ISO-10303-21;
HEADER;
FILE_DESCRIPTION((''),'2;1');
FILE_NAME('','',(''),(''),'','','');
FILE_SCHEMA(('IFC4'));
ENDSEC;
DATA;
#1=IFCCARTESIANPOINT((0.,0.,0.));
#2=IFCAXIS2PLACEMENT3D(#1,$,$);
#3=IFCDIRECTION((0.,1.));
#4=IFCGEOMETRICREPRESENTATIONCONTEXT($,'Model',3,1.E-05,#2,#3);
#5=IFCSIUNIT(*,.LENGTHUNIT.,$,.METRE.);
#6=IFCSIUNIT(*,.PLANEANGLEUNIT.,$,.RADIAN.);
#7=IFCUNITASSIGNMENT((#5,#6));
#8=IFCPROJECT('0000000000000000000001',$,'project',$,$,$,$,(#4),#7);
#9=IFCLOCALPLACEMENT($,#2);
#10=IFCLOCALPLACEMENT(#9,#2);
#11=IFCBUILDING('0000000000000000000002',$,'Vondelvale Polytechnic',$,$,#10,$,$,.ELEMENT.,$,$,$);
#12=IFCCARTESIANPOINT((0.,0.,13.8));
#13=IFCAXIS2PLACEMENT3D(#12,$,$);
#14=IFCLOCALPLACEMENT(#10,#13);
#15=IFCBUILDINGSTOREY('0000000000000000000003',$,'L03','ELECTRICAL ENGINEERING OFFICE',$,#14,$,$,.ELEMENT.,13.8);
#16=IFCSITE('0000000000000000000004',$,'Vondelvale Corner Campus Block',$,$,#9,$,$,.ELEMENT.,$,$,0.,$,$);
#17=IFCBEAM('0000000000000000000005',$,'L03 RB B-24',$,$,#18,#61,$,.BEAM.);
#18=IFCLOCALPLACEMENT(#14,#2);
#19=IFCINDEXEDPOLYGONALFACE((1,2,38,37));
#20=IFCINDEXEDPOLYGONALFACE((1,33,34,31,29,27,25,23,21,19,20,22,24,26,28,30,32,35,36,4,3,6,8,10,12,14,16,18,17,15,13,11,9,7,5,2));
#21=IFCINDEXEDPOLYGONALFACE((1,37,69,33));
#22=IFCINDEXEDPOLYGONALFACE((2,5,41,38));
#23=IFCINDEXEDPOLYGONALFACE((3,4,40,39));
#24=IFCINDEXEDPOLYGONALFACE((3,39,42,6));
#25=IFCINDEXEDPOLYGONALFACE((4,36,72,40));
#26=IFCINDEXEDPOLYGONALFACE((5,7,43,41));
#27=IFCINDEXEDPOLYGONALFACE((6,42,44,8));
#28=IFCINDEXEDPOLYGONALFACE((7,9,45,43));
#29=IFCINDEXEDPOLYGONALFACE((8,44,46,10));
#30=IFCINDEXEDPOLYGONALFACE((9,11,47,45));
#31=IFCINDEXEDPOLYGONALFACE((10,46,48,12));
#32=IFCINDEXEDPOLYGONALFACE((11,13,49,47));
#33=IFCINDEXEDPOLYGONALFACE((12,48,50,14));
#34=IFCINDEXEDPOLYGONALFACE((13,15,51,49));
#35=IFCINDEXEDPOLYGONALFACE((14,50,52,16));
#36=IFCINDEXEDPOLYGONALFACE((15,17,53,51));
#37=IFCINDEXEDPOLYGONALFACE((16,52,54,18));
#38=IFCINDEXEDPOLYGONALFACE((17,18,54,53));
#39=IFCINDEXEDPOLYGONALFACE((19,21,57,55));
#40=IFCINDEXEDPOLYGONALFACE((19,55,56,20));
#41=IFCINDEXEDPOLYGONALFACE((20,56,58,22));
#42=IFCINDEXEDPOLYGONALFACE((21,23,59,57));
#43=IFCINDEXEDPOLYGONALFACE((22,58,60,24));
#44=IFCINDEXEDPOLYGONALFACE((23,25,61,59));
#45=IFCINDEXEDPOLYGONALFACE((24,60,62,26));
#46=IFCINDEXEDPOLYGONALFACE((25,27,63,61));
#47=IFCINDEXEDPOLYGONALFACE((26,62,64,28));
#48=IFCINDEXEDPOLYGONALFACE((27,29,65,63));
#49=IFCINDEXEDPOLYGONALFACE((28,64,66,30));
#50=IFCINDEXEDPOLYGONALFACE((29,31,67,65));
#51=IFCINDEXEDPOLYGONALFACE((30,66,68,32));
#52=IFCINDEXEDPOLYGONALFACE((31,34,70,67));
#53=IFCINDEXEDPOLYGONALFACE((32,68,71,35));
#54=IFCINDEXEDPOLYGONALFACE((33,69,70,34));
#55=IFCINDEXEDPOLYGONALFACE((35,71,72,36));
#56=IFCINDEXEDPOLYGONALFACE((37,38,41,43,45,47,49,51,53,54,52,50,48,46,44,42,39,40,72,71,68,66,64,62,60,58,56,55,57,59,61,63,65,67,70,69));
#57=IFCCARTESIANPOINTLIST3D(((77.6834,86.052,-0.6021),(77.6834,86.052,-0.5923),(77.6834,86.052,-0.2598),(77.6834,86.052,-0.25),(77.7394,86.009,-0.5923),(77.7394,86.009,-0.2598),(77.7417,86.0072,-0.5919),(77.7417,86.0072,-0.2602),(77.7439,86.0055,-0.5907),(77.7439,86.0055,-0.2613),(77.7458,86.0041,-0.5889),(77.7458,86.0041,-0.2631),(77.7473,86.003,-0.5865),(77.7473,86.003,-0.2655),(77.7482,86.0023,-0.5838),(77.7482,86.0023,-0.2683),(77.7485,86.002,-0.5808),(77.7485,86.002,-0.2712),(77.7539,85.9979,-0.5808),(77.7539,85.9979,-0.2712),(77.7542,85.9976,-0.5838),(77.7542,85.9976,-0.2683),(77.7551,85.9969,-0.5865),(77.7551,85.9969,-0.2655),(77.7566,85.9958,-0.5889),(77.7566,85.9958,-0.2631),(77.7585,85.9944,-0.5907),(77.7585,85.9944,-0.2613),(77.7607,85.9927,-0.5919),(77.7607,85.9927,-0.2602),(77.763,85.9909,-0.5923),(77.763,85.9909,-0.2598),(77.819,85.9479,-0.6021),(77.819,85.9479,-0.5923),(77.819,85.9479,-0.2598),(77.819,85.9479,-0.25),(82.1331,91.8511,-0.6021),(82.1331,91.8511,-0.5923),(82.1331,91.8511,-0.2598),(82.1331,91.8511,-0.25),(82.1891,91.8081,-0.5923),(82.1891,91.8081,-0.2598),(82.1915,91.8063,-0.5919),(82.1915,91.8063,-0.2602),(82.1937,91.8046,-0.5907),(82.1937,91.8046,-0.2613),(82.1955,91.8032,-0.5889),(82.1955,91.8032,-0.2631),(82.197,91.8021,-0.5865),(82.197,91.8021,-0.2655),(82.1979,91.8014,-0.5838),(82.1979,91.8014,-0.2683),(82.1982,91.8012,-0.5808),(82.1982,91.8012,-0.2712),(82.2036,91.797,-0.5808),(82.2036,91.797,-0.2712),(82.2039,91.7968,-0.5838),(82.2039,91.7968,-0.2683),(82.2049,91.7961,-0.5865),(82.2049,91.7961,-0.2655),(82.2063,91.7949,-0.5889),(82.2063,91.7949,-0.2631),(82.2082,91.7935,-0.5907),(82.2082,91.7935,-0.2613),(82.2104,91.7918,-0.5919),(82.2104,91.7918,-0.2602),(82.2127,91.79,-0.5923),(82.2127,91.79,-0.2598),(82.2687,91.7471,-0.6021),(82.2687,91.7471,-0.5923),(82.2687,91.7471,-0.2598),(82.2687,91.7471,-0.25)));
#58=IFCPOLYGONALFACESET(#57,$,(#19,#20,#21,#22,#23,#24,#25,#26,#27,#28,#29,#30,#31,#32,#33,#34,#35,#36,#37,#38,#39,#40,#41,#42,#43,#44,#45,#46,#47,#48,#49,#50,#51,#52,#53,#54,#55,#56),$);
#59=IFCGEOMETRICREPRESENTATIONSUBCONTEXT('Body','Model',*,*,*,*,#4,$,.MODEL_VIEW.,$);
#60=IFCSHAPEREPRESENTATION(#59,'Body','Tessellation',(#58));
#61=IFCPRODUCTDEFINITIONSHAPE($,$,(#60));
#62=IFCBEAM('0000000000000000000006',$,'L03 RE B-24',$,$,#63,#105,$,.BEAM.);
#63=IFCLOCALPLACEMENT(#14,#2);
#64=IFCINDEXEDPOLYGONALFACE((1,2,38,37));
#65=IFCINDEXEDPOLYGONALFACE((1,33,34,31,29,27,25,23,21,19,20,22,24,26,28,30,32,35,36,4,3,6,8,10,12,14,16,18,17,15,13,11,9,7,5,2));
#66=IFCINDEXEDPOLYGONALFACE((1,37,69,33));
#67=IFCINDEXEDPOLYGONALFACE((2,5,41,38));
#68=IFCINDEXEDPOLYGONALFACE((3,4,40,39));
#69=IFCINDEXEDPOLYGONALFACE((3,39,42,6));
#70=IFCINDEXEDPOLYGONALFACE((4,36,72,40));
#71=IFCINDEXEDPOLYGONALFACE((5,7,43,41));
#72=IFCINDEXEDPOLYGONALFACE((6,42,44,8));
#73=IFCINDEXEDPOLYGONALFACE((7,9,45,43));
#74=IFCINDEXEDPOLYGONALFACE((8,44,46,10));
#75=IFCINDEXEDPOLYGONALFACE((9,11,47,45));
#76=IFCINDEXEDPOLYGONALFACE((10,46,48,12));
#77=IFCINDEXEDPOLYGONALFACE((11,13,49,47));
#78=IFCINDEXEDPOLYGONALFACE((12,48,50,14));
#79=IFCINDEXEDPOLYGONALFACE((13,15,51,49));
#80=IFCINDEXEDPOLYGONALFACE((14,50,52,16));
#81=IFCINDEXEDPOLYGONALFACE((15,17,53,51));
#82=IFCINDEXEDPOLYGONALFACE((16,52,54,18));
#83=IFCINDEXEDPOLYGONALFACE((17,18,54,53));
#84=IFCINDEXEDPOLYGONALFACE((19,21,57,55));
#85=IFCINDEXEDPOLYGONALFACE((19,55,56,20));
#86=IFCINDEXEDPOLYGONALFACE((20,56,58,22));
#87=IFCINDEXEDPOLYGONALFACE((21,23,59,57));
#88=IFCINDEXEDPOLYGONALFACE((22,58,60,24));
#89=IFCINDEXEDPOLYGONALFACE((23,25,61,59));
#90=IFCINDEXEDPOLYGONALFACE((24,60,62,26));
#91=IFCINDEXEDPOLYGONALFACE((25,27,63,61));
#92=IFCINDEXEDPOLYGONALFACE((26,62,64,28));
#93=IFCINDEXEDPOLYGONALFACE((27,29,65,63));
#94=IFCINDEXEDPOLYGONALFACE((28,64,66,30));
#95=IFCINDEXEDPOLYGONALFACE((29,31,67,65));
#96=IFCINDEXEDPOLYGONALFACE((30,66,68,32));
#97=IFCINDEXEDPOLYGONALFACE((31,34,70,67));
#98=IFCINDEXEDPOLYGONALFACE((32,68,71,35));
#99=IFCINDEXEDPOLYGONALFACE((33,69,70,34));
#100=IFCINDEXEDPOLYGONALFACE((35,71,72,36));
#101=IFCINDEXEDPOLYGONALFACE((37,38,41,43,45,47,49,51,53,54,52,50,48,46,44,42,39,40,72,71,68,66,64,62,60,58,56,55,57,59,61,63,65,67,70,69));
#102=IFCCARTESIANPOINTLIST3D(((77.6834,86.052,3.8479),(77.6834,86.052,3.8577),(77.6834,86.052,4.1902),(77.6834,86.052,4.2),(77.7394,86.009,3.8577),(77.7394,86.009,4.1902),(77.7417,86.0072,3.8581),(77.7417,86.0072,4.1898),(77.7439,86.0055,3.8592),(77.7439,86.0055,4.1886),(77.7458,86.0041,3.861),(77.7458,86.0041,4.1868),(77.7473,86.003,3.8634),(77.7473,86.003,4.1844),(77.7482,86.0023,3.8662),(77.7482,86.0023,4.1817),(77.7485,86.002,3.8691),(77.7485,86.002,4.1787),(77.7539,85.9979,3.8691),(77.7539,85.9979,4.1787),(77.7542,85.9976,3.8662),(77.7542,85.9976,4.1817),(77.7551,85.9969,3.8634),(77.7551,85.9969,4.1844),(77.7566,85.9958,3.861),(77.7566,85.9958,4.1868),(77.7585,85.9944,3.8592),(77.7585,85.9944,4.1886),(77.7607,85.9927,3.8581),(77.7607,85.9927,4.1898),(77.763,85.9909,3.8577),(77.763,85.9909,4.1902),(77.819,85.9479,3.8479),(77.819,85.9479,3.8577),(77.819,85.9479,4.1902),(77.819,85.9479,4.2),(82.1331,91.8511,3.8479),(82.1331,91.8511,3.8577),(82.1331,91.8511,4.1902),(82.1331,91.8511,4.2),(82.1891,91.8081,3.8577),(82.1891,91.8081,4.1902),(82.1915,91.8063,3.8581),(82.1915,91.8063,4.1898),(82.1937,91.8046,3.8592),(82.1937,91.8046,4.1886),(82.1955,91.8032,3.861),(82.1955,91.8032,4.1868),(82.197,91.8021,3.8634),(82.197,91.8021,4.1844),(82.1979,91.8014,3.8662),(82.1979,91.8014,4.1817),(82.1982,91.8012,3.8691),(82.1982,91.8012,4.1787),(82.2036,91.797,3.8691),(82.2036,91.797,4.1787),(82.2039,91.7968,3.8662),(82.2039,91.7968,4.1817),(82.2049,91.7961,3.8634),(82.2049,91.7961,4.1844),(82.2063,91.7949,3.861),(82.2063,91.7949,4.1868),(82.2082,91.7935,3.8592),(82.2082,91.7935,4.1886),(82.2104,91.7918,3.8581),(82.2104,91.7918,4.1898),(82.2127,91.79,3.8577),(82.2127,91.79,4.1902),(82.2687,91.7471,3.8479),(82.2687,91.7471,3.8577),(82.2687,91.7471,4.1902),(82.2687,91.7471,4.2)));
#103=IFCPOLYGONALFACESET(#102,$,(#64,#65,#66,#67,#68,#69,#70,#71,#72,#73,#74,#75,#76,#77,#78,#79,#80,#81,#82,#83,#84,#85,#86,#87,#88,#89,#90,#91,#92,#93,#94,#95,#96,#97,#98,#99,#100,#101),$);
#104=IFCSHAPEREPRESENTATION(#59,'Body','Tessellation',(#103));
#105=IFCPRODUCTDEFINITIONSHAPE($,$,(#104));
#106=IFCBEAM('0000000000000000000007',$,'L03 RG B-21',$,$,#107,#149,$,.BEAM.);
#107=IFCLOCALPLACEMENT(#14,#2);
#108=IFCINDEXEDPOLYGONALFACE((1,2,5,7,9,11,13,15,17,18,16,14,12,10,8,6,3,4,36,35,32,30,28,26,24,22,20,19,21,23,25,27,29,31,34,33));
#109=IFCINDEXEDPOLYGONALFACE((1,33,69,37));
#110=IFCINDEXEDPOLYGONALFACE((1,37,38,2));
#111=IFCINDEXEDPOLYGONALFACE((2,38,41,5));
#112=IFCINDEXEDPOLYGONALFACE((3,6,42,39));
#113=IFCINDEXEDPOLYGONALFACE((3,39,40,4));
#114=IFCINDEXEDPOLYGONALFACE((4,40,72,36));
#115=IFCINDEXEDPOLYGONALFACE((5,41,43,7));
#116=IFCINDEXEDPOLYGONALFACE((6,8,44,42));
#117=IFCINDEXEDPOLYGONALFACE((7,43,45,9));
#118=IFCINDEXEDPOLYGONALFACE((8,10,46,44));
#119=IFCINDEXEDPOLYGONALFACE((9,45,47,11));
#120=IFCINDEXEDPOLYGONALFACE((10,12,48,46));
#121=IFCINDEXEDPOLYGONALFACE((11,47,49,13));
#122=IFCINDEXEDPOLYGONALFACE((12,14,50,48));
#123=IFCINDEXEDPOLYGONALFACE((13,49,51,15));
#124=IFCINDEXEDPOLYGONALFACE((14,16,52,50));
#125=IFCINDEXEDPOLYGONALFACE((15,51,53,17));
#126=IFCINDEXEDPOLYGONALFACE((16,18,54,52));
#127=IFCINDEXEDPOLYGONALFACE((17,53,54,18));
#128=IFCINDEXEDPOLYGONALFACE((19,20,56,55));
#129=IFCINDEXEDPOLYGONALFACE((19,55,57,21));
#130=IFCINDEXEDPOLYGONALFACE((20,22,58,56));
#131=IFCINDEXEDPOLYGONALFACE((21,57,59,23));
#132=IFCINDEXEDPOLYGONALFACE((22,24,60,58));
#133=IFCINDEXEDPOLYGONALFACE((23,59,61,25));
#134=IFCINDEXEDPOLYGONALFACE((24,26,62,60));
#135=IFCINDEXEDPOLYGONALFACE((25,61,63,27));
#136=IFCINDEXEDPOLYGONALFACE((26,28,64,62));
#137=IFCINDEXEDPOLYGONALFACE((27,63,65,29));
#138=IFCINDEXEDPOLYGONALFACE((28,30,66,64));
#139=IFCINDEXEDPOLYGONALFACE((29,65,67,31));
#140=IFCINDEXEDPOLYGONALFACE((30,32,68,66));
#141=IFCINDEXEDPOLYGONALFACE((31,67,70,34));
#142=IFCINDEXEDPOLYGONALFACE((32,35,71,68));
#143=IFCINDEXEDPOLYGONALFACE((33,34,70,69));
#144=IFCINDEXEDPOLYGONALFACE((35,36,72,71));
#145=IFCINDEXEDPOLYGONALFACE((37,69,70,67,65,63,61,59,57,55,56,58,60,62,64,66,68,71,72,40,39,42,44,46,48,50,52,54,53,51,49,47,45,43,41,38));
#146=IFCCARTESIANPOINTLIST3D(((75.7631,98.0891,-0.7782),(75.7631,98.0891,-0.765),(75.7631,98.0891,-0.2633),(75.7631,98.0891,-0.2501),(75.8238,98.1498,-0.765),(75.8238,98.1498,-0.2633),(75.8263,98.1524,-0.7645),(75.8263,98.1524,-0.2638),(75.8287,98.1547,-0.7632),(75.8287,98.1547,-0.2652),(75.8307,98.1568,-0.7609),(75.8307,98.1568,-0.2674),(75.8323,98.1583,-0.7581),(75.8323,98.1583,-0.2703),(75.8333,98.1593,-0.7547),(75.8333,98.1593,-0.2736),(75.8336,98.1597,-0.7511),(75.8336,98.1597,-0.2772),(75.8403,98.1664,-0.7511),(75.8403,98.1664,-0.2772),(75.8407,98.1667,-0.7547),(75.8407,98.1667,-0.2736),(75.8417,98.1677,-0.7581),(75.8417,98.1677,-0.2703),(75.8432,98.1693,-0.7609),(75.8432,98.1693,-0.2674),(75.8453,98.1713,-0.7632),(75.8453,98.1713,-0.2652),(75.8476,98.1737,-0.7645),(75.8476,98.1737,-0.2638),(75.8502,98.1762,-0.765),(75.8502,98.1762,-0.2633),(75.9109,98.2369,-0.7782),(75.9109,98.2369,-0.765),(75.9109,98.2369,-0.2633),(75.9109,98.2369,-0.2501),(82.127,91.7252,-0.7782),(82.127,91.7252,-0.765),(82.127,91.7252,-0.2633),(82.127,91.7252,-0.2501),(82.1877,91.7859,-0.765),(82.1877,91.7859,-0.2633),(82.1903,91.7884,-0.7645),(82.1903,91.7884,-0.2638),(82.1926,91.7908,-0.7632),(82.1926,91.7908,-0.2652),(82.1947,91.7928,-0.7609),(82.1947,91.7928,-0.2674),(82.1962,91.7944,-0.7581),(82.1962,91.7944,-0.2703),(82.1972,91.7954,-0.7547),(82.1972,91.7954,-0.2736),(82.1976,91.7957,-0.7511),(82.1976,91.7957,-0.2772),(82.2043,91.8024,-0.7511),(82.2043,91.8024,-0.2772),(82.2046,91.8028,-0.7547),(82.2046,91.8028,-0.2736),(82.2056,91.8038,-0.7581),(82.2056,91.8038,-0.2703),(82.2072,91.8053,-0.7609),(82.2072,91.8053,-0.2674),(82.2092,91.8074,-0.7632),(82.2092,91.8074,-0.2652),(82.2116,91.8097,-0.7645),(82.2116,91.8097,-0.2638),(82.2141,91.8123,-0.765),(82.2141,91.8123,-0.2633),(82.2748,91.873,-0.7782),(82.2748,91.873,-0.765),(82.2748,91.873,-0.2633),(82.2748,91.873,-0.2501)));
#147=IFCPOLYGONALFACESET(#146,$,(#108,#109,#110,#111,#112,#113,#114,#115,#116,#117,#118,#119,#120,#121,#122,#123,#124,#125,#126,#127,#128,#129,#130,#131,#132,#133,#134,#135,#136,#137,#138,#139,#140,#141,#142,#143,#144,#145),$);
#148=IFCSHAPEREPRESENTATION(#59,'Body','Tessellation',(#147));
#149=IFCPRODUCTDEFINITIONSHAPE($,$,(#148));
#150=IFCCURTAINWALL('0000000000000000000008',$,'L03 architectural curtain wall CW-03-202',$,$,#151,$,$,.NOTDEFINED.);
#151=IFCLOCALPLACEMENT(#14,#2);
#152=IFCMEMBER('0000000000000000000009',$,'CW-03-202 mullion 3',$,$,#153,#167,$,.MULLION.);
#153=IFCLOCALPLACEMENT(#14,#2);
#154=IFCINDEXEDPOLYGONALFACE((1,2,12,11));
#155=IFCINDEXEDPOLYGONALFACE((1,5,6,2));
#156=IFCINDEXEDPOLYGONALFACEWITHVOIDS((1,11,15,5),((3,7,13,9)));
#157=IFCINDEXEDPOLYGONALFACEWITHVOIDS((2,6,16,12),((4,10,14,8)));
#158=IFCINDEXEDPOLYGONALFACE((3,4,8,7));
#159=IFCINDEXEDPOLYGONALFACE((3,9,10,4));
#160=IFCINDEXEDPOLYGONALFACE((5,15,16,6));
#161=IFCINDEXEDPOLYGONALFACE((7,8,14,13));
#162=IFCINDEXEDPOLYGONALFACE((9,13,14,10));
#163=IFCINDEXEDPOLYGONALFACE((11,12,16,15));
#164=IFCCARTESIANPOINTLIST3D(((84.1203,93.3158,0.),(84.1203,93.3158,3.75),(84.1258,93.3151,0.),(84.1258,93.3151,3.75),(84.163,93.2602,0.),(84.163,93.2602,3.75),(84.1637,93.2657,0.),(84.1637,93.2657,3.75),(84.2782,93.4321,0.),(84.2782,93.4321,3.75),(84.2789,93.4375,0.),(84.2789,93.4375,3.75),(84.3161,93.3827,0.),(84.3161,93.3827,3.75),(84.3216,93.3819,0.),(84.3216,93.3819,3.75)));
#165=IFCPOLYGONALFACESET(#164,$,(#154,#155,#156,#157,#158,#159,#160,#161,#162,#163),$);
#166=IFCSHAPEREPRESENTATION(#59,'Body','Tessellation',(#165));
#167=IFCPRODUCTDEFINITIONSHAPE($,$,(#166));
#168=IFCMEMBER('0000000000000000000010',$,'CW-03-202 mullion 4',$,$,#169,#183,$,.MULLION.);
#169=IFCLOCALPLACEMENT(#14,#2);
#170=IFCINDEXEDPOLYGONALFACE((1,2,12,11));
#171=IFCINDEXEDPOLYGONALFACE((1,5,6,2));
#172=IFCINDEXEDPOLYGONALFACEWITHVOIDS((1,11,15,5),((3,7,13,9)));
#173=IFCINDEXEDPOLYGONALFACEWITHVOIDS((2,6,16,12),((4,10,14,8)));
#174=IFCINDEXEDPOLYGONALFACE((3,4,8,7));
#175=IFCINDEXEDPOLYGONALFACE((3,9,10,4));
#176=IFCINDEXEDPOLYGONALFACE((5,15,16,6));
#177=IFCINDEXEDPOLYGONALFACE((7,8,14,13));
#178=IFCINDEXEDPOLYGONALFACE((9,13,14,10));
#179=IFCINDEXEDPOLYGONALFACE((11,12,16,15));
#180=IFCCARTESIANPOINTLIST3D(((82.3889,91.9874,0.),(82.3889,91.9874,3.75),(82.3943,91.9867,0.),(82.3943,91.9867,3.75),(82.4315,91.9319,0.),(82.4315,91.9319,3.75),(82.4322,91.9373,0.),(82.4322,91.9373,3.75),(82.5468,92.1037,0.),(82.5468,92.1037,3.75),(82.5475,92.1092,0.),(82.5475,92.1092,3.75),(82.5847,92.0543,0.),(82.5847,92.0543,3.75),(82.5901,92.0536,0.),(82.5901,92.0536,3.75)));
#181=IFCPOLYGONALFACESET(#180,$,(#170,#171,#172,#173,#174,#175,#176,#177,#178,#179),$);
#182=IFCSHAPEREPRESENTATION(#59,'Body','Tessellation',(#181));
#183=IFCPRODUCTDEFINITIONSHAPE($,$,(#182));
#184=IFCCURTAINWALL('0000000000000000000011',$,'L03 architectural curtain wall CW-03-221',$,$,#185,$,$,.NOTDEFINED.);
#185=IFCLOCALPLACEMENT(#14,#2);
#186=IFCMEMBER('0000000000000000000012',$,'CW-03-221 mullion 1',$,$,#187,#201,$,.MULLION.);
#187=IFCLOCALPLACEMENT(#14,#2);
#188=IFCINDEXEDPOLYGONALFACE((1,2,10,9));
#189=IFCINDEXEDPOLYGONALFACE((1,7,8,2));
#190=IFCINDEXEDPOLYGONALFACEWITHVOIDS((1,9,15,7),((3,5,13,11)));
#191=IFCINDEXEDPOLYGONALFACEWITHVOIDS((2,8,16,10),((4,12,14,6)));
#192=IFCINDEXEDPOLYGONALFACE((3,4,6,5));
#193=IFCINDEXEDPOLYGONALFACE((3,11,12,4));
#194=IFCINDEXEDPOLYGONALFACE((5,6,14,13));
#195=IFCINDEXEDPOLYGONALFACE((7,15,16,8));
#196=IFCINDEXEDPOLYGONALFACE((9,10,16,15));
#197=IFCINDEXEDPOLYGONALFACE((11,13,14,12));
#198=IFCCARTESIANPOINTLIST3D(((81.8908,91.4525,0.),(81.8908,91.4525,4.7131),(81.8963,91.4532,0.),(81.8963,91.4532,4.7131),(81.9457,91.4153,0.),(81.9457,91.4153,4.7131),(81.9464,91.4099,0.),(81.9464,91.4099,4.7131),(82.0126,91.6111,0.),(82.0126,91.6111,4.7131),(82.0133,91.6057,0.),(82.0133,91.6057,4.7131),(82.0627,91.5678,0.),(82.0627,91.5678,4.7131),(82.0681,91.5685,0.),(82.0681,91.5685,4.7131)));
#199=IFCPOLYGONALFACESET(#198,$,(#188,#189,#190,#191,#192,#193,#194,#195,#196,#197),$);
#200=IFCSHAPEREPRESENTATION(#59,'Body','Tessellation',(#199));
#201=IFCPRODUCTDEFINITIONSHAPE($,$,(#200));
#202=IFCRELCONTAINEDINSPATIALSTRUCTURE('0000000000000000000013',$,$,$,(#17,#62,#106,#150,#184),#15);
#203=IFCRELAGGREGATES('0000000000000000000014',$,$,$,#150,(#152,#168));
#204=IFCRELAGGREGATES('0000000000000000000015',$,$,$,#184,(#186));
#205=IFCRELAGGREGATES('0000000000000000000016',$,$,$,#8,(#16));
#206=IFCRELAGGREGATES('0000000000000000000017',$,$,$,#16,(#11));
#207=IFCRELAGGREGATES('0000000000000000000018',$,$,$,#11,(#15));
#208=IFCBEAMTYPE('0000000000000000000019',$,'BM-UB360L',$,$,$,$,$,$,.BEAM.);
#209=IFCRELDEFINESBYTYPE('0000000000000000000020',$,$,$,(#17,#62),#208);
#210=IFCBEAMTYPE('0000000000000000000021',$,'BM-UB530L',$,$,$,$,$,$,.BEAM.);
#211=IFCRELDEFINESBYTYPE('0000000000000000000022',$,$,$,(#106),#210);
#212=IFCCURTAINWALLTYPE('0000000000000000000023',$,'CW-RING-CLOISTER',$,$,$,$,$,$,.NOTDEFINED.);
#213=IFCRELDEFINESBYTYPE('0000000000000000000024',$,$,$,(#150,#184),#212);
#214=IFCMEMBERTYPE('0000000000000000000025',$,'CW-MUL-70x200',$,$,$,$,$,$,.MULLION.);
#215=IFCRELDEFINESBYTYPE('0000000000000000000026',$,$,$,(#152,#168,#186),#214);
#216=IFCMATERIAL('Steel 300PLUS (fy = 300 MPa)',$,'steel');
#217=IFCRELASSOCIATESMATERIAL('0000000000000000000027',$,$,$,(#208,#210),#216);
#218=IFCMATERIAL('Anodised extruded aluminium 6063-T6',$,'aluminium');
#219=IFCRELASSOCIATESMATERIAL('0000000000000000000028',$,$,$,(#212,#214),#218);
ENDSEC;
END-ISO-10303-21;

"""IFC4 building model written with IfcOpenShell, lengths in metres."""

from ifc_helpers import new_model, si_unit, direction, frame, origin, origin_2d, place, context, subcontext, project, spatial, hollow_rectangle, i_section, extrude, material, material_profile, profile_set, type_object, element, aggregate, save


model = new_model("IFC4")

# Units and contexts
model_context = context("Model", 3, precision=1e-05, world=origin(), true_north=direction((0.0, 1.0)))
body_context = subcontext(model_context, "Body", "Model", "MODEL_VIEW")
ifc_project = project(units=[si_unit("LENGTHUNIT", "METRE"), si_unit("PLANEANGLEUNIT", "RADIAN")], contexts=[model_context])

# Site, building, storey
site_placement = place(None, origin())
site = spatial("IfcSite", under=ifc_project, at=site_placement, Name="Vondelvale Corner Campus Block", CompositionType="ELEMENT", RefElevation=0.0)
building_placement = place(site_placement, origin())
building = spatial("IfcBuilding", under=site, at=building_placement, Name="Vondelvale Polytechnic", CompositionType="ELEMENT")
storey_placement = place(building_placement, frame((0.0, 0.0, 13.8)))
storey = spatial("IfcBuildingStorey", under=building, at=storey_placement, Name="L03", Description="ELECTRICAL ENGINEERING OFFICE", CompositionType="ELEMENT", Elevation=13.8)

# Beams
ifc_material_1 = material(Name="Steel 300PLUS (fy = 300 MPa)", Category="steel")
ifc_material_profile_1 = material_profile(ifc_material_1, i_section(OverallWidth=0.1709, OverallDepth=0.3521, WebThickness=0.0068, FlangeThickness=0.0098, FilletRadius=0.0115, at=origin_2d()), Name="360UB44.7")
ifc_profile_set_1 = profile_set([ifc_material_profile_1], Name="Steel 300PLUS (fy = 300 MPa)")
beam_type_1 = type_object("IfcBeamType", Name="BM-UB360L", PredefinedType="BEAM", material=ifc_profile_set_1)
for number, where, z_axis, x_axis, name in (
    (1, (82.2009, 91.7991, -0.426), (-0.608755, -0.793358, 0.0), (0.793358, -0.608755, 0.0), "L03 RB B-24"),
    (2, (82.2009, 91.7991, 4.0239), (-0.608755, -0.793358, 0.0), (0.793358, -0.608755, 0.0), "L03 RE B-24"),
):
    element("IfcBeam", number, at=place(storey_placement, frame(where, z_axis=z_axis, x_axis=x_axis)), inside=storey, type_object=beam_type_1, Name=name, PredefinedType="BEAM", context=body_context, shape_type="SweptSolid", body=[
        extrude(i_section(OverallWidth=0.1709, OverallDepth=0.3521, WebThickness=0.0068, FlangeThickness=0.0098, FilletRadius=0.0115, at=origin_2d()), origin(), (0.0, 0.0, 1.0), 7.3096),
    ])
ifc_material_profile_2 = material_profile(ifc_material_1, i_section(OverallWidth=0.209, OverallDepth=0.5281, WebThickness=0.0095, FlangeThickness=0.0132, FilletRadius=0.0139, at=origin_2d()), Name="530UB82.0")
ifc_profile_set_2 = profile_set([ifc_material_profile_2], Name="Steel 300PLUS (fy = 300 MPa)")
beam_type_2 = type_object("IfcBeamType", Name="BM-UB530L", PredefinedType="BEAM", material=ifc_profile_set_2)
beam_1_placement = place(storey_placement, frame((82.2009, 91.7991, -0.5142), z_axis=(-0.707107, 0.707107, 0.0), x_axis=(-0.707107, -0.707107, 0.0)))
element("IfcBeam", 3, at=beam_1_placement, inside=storey, type_object=beam_type_2, Name="L03 RG B-21", PredefinedType="BEAM", context=body_context, shape_type="SweptSolid", body=[
    extrude(i_section(OverallWidth=0.209, OverallDepth=0.5281, WebThickness=0.0095, FlangeThickness=0.0132, FilletRadius=0.0139, at=origin_2d()), origin(), (0.0, 0.0, 1.0), 9.0),
])

# Curtain walls, members
ifc_material_2 = material(Name="Anodised extruded aluminium 6063-T6", Category="aluminium")
curtain_wall_type = type_object("IfcCurtainWallType", Name="CW-RING-CLOISTER", PredefinedType="NOTDEFINED", material=ifc_material_2)
curtain_wall_1_placement = place(storey_placement, origin())
curtain_wall_1 = element("IfcCurtainWall", 4, at=curtain_wall_1_placement, inside=storey, type_object=curtain_wall_type, Name="L03 architectural curtain wall CW-03-202", PredefinedType="NOTDEFINED")
ifc_material_profile_3 = material_profile(ifc_material_2, hollow_rectangle(XDim=0.0701, YDim=0.2, WallThickness=0.0039, at=origin_2d()), Name="CW-MUL-200x70")
ifc_profile_set_3 = profile_set([ifc_material_profile_3], Name="Anodised extruded aluminium 6063-T6")
member_type_1 = type_object("IfcMemberType", Name="CW-MUL-70x200", PredefinedType="MULLION", material=ifc_profile_set_3)
member_1_placement = place(storey_placement, frame((84.2209, 93.3489, 0.0), z_axis=(0.0, 0.0, 1.0), x_axis=(0.608748, -0.793364, 0.0)))
member_1 = element("IfcMember", 5, at=member_1_placement, type_object=member_type_1, Name="CW-03-202 mullion 3", PredefinedType="MULLION", context=body_context, shape_type="SweptSolid", body=[
    extrude(hollow_rectangle(XDim=0.0701, YDim=0.2, WallThickness=0.0039, at=origin_2d()), origin(), (0.0, 0.0, 1.0), 3.75),
])
member_2_placement = place(storey_placement, frame((82.4895, 92.0205, 0.0), z_axis=(0.0, 0.0, 1.0), x_axis=(0.608748, -0.793364, 0.0)))
member_2 = element("IfcMember", 6, at=member_2_placement, type_object=member_type_1, Name="CW-03-202 mullion 4", PredefinedType="MULLION", context=body_context, shape_type="SweptSolid", body=[
    extrude(hollow_rectangle(XDim=0.0701, YDim=0.2, WallThickness=0.0039, at=origin_2d()), origin(), (0.0, 0.0, 1.0), 3.75),
])
curtain_wall_2_placement = place(storey_placement, origin())
curtain_wall_2 = element("IfcCurtainWall", 7, at=curtain_wall_2_placement, inside=storey, type_object=curtain_wall_type, Name="L03 architectural curtain wall CW-03-221", PredefinedType="NOTDEFINED")
member_3_placement = place(storey_placement, frame((81.9795, 91.5105, 0.0), z_axis=(0.0, 0.0, 1.0), x_axis=(0.793364, -0.608748, 0.0)))
member_3 = element("IfcMember", 8, at=member_3_placement, type_object=member_type_1, Name="CW-03-221 mullion 1", PredefinedType="MULLION", context=body_context, shape_type="SweptSolid", body=[
    extrude(hollow_rectangle(XDim=0.0701, YDim=0.2, WallThickness=0.0039, at=origin_2d()), origin(), (0.0, 0.0, 1.0), 4.7131),
])

aggregate(curtain_wall_1, [member_1, member_2])
aggregate(curtain_wall_2, [member_3])

save(model, "model.ifc")
